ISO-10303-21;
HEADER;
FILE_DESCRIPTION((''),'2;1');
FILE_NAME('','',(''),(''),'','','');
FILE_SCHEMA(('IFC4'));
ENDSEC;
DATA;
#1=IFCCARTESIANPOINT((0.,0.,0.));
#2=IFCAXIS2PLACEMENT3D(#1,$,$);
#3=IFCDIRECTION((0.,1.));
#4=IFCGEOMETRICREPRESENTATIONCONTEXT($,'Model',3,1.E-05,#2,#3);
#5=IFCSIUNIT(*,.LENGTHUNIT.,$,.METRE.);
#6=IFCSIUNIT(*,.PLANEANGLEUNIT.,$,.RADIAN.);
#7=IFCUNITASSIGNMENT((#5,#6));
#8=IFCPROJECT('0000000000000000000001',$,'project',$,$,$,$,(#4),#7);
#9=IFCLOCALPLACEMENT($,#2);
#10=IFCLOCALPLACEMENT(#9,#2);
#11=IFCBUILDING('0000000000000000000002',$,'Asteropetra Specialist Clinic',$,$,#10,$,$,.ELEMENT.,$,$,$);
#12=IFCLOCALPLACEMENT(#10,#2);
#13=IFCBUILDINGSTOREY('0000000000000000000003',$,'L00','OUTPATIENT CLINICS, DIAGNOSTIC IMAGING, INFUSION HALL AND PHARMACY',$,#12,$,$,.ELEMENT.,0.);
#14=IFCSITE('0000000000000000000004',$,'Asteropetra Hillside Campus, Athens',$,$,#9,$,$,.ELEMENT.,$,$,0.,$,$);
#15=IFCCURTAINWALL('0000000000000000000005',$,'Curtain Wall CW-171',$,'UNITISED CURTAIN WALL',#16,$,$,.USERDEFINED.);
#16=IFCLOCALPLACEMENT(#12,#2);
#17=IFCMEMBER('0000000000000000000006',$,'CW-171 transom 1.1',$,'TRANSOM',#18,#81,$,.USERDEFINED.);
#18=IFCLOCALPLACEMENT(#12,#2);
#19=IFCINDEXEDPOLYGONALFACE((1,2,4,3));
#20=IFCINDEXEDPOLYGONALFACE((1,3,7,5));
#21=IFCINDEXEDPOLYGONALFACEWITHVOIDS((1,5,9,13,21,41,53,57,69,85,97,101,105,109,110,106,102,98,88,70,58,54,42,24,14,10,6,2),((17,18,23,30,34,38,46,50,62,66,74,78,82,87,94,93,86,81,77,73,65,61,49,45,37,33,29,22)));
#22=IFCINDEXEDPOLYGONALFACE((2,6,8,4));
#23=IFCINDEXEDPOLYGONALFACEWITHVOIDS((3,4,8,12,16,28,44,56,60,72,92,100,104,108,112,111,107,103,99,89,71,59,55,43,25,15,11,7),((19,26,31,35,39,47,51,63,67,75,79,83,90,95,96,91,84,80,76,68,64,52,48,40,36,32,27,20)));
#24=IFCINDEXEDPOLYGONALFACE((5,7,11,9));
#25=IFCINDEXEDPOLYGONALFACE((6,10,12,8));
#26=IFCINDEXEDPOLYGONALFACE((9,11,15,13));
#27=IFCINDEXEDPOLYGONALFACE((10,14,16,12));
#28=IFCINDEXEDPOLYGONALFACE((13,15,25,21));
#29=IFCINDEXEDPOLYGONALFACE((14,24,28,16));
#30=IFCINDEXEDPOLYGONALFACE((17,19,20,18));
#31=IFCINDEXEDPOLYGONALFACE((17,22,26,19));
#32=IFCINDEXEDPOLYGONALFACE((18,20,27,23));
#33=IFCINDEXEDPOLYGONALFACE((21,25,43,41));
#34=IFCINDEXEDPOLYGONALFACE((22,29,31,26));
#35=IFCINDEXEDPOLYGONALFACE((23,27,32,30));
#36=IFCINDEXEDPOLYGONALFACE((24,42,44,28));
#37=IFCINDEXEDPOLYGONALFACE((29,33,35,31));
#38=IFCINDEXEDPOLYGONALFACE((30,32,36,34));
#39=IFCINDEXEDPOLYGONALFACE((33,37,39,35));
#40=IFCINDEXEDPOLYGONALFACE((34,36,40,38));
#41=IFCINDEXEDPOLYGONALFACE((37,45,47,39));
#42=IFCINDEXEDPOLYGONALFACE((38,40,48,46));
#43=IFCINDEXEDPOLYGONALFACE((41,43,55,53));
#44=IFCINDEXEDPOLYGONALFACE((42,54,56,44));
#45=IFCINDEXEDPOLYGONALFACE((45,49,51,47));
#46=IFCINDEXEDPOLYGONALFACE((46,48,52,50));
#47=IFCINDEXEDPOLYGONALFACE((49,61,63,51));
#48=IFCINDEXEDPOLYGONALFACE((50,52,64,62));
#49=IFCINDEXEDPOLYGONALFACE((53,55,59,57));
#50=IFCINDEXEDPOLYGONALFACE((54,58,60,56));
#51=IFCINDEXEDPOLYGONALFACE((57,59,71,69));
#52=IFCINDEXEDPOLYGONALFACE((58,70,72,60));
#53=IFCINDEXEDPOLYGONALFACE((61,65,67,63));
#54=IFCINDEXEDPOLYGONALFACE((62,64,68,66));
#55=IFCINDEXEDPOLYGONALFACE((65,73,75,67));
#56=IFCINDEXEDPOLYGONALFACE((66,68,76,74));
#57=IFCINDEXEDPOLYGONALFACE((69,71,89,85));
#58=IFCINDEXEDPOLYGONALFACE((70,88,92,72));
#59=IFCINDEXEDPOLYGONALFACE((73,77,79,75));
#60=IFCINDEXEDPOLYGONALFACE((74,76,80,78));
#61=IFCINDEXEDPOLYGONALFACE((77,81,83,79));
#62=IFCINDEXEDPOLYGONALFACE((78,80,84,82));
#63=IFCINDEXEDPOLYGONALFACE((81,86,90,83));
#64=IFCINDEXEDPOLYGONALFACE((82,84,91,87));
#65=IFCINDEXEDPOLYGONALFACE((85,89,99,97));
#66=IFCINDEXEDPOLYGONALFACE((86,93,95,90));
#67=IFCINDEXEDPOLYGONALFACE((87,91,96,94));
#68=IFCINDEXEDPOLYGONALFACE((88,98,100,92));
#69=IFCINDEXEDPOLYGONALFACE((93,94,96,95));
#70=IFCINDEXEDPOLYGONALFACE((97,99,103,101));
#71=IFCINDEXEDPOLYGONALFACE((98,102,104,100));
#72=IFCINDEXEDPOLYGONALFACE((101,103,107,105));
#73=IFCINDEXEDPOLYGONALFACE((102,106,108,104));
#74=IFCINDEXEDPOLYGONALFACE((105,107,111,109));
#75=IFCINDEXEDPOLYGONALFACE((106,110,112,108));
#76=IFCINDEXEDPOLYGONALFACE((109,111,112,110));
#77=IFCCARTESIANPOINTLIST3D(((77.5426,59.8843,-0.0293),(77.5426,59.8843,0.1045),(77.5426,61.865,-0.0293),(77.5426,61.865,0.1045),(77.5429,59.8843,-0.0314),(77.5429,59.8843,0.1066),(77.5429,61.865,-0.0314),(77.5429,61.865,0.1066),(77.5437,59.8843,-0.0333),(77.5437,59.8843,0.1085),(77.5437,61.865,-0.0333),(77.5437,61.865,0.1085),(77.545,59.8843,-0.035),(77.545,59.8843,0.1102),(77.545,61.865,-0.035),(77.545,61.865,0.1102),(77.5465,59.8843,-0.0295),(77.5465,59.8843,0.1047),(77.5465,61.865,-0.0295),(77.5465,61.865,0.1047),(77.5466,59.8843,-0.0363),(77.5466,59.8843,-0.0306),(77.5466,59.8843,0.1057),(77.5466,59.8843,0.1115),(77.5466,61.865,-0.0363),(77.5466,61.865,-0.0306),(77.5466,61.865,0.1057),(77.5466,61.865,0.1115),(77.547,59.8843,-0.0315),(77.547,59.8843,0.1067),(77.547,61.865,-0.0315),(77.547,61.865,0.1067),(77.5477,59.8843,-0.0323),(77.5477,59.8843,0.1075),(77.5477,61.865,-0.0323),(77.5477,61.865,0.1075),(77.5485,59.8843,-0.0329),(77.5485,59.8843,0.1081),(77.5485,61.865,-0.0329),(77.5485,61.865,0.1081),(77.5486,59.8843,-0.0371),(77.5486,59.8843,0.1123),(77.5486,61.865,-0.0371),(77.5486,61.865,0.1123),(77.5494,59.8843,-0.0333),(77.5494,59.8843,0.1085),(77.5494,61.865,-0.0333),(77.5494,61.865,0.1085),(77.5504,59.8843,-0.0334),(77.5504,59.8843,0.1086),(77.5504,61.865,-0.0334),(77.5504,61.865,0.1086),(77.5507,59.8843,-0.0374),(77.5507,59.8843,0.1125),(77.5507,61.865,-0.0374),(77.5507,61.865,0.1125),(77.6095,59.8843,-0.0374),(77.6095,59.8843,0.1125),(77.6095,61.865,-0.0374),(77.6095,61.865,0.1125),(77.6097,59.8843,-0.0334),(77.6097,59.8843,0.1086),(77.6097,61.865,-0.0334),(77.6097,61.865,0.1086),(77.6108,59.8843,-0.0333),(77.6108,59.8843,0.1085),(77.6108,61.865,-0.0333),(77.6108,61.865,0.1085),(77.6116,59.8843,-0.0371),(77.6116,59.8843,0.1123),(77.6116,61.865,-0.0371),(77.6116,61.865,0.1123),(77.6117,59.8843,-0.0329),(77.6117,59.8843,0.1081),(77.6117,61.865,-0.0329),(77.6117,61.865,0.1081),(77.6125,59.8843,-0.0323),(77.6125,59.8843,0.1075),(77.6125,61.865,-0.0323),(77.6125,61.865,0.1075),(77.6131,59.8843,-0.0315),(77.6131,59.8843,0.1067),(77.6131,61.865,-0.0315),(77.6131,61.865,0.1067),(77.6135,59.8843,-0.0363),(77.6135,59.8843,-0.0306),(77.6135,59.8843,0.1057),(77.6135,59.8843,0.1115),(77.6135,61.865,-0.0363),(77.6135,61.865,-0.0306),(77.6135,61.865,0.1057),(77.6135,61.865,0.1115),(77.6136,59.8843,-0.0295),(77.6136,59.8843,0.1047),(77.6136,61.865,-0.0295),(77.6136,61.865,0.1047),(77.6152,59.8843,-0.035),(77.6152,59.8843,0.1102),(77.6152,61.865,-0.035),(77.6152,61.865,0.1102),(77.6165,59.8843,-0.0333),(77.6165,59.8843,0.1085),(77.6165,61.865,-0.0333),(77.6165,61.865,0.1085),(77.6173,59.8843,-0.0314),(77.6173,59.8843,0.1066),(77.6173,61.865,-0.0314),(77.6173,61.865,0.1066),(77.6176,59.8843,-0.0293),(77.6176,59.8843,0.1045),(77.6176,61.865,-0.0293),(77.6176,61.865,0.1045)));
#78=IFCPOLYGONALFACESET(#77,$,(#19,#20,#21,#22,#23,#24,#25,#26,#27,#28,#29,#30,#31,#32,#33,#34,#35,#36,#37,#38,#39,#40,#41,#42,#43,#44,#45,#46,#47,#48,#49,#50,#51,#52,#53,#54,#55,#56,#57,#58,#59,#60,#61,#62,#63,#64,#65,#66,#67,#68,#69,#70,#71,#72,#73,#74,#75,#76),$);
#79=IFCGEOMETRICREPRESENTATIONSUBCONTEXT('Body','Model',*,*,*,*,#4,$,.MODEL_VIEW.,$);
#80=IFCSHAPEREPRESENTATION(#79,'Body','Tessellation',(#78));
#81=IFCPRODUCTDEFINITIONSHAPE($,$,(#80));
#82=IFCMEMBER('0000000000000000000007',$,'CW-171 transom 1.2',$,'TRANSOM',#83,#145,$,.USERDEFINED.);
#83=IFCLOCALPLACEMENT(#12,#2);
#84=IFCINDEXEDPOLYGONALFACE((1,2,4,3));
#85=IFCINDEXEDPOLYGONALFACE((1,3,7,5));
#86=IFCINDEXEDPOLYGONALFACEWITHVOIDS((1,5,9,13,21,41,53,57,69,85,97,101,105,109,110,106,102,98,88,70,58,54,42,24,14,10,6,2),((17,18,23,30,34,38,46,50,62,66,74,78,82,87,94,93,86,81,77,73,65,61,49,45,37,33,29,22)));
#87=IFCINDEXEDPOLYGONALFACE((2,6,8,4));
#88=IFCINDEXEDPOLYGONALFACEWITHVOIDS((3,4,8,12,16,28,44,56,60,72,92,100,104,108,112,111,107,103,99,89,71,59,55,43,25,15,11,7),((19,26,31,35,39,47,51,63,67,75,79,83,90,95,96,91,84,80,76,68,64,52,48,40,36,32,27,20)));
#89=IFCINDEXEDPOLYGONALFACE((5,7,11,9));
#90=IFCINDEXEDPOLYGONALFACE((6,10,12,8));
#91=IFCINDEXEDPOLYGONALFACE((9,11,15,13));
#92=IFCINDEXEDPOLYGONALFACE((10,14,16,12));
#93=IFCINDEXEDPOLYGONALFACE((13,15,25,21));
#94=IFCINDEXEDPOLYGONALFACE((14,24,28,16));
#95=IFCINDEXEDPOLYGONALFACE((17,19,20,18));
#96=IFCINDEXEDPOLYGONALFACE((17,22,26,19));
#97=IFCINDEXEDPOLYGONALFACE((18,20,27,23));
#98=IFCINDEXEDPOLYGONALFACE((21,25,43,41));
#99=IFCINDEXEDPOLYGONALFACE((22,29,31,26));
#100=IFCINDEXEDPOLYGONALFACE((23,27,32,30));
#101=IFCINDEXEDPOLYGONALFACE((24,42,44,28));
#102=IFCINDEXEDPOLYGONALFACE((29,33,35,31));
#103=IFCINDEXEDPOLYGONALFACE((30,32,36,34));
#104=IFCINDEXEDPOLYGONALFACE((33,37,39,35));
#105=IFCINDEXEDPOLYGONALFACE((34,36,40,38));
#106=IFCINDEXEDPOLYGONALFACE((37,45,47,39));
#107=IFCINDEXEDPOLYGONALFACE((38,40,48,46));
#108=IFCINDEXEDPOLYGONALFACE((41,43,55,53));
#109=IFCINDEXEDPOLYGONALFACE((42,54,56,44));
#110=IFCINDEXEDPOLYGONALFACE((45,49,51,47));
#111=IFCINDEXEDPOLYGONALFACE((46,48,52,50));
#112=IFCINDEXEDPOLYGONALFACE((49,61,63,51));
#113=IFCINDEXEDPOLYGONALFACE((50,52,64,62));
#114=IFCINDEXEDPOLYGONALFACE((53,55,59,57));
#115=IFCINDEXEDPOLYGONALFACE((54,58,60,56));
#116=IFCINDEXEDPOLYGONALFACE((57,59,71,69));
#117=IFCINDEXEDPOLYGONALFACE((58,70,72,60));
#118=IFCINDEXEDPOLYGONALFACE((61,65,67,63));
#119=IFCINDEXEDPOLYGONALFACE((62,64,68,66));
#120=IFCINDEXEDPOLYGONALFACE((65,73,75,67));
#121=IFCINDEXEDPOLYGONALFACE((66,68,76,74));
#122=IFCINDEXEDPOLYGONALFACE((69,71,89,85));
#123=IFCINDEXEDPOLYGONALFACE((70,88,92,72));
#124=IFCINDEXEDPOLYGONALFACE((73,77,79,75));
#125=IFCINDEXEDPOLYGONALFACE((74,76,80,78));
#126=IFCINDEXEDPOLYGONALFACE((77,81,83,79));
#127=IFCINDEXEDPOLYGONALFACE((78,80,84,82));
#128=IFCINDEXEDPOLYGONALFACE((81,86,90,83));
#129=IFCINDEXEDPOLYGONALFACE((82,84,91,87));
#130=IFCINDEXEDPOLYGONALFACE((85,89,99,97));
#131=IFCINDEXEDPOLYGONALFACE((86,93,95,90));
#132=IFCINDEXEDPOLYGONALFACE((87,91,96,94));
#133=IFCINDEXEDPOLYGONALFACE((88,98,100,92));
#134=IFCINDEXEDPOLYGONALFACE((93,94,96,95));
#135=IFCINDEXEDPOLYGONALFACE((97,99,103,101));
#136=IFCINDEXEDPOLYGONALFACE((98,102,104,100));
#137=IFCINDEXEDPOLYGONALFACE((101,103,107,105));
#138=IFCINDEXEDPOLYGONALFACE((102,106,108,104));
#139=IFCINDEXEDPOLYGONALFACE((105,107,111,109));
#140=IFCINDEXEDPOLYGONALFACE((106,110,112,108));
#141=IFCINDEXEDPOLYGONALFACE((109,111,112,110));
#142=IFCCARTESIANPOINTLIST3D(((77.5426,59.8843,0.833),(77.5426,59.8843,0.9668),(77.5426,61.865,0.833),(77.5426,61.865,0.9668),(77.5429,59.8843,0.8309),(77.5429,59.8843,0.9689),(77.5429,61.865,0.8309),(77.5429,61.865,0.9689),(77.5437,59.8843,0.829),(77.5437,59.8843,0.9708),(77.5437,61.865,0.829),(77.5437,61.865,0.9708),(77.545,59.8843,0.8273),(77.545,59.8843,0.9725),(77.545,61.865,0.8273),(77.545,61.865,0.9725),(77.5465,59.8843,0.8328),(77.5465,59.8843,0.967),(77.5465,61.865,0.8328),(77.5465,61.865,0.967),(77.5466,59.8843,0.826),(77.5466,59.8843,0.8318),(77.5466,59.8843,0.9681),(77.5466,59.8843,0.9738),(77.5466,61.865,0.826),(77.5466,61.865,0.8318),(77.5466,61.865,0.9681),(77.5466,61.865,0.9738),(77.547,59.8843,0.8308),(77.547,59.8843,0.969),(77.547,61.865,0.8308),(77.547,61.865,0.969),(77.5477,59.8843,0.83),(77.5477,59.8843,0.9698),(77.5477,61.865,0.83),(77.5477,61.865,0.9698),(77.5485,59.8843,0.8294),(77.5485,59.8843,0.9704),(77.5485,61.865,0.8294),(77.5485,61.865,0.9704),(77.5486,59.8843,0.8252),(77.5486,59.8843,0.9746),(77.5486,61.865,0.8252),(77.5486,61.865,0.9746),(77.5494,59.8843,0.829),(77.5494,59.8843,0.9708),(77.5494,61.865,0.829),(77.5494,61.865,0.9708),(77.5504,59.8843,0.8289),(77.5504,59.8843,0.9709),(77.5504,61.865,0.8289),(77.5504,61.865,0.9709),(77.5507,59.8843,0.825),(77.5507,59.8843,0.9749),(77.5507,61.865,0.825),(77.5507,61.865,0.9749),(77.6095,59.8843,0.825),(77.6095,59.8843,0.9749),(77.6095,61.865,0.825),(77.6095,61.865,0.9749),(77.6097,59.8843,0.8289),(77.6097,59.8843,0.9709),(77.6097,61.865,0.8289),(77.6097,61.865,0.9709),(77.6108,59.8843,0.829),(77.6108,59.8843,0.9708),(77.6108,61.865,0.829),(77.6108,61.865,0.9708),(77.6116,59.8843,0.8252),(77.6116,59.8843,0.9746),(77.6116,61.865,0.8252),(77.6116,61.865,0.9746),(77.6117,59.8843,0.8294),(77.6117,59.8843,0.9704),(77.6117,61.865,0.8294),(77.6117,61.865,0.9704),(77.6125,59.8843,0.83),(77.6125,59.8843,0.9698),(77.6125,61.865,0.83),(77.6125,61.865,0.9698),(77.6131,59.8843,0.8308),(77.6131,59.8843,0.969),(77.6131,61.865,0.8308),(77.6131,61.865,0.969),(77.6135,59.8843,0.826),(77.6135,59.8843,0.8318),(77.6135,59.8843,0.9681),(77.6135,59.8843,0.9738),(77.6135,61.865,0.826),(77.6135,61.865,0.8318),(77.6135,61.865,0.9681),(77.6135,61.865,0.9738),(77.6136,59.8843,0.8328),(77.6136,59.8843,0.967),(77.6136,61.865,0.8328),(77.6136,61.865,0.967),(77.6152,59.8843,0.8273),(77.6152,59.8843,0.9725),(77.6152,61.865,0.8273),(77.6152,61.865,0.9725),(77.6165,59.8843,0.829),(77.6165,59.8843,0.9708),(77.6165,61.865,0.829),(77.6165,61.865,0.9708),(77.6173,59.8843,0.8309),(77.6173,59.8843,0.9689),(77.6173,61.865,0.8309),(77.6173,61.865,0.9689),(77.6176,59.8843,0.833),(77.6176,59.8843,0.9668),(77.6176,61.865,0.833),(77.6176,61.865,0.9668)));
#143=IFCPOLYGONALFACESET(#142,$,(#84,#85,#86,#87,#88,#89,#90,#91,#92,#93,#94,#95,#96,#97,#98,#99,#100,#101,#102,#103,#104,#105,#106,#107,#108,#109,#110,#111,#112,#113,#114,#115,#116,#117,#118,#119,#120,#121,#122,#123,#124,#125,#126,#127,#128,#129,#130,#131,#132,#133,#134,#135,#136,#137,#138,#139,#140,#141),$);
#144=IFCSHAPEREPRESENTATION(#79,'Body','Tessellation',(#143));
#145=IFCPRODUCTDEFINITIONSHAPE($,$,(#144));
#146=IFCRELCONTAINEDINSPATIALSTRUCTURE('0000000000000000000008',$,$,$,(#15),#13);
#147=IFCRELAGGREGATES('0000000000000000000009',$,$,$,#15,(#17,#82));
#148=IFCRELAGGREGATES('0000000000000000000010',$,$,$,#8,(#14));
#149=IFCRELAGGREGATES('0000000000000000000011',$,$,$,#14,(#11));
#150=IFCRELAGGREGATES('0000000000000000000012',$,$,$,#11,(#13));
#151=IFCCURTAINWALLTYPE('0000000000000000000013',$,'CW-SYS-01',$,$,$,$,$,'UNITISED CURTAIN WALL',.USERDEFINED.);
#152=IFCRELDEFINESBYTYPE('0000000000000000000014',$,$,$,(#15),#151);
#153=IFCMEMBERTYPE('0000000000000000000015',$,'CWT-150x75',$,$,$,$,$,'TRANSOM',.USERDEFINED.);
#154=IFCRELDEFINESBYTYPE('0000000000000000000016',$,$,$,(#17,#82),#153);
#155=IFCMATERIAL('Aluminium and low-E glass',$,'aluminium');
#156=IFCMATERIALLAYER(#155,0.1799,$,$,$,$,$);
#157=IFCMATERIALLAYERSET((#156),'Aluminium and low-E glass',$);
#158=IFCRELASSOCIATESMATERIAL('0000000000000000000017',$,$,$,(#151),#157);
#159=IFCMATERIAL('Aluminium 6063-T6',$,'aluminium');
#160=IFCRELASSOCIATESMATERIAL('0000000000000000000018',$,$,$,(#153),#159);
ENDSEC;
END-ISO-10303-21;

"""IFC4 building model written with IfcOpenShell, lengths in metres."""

from ifc_helpers import new_model, si_unit, direction, frame, origin, origin_2d, place, context, subcontext, project, spatial, hollow_rectangle, extrude, material, layer, layer_set, material_profile, profile_set, type_object, element, aggregate, save


model = new_model("IFC4")

# Units and contexts
model_context = context("Model", 3, precision=1e-05, world=origin(), true_north=direction((0.0, 1.0)))
body_context = subcontext(model_context, "Body", "Model", "MODEL_VIEW")
ifc_project = project(units=[si_unit("LENGTHUNIT", "METRE"), si_unit("PLANEANGLEUNIT", "RADIAN")], contexts=[model_context])

# Site, building, storey
site_placement = place(None, origin())
site = spatial("IfcSite", under=ifc_project, at=site_placement, Name="Asteropetra Hillside Campus, Athens", CompositionType="ELEMENT", RefElevation=0.0)
building_placement = place(site_placement, origin())
building = spatial("IfcBuilding", under=site, at=building_placement, Name="Asteropetra Specialist Clinic", CompositionType="ELEMENT")
storey_placement = place(building_placement, origin())
storey = spatial("IfcBuildingStorey", under=building, at=storey_placement, Name="L00", Description="OUTPATIENT CLINICS, DIAGNOSTIC IMAGING, INFUSION HALL AND PHARMACY", CompositionType="ELEMENT", Elevation=0.0)

# Curtain wall, members
ifc_material_1 = material(Name="Aluminium and low-E glass", Category="aluminium")
ifc_layer_1 = layer(ifc_material_1, 0.1799)
ifc_layer_set_1 = layer_set([ifc_layer_1], Name="Aluminium and low-E glass")
curtain_wall_type_1 = type_object("IfcCurtainWallType", Name="CW-SYS-01", ElementType="UNITISED CURTAIN WALL", PredefinedType="USERDEFINED", material=ifc_layer_set_1)
curtain_wall_1_placement = place(storey_placement, origin())
curtain_wall_1 = element("IfcCurtainWall", 1, at=curtain_wall_1_placement, inside=storey, type_object=curtain_wall_type_1, Name="Curtain Wall CW-171", ObjectType="UNITISED CURTAIN WALL", PredefinedType="USERDEFINED")
ifc_material_2 = material(Name="Aluminium 6063-T6", Category="aluminium")
ifc_material_profile_1 = material_profile(ifc_material_2, hollow_rectangle(XDim=0.075, YDim=0.1499, WallThickness=0.0039, InnerFilletRadius=0.0039, OuterFilletRadius=0.0081, at=origin_2d()), Name="TRN 150x75x4.0")
ifc_profile_set_1 = profile_set([ifc_material_profile_1], Name="Aluminium 6063-T6")
member_type_1 = type_object("IfcMemberType", Name="CWT-150x75", ElementType="TRANSOM", PredefinedType="USERDEFINED", material=ifc_profile_set_1)
member_1_placement = place(storey_placement, frame((77.5801, 61.865, 0.0376), z_axis=(0.0, -1.0, 0.0), x_axis=(1.0, 0.0, 0.0)))
member_1 = element("IfcMember", 2, at=member_1_placement, type_object=member_type_1, Name="CW-171 transom 1.1", ObjectType="TRANSOM", PredefinedType="USERDEFINED", context=body_context, shape_type="SweptSolid", body=[
    extrude(hollow_rectangle(XDim=0.075, YDim=0.1499, WallThickness=0.0039, InnerFilletRadius=0.0039, OuterFilletRadius=0.0081, at=origin_2d()), origin(), (0.0, 0.0, 1.0), 1.9807),
])
member_2_placement = place(storey_placement, frame((77.5801, 61.865, 0.8999), z_axis=(0.0, -1.0, 0.0), x_axis=(1.0, 0.0, 0.0)))
member_2 = element("IfcMember", 3, at=member_2_placement, type_object=member_type_1, Name="CW-171 transom 1.2", ObjectType="TRANSOM", PredefinedType="USERDEFINED", context=body_context, shape_type="SweptSolid", body=[
    extrude(hollow_rectangle(XDim=0.075, YDim=0.1499, WallThickness=0.0039, InnerFilletRadius=0.0039, OuterFilletRadius=0.0081, at=origin_2d()), origin(), (0.0, 0.0, 1.0), 1.9807),
])

aggregate(curtain_wall_1, [member_1, member_2])

save(model, "model.ifc")
